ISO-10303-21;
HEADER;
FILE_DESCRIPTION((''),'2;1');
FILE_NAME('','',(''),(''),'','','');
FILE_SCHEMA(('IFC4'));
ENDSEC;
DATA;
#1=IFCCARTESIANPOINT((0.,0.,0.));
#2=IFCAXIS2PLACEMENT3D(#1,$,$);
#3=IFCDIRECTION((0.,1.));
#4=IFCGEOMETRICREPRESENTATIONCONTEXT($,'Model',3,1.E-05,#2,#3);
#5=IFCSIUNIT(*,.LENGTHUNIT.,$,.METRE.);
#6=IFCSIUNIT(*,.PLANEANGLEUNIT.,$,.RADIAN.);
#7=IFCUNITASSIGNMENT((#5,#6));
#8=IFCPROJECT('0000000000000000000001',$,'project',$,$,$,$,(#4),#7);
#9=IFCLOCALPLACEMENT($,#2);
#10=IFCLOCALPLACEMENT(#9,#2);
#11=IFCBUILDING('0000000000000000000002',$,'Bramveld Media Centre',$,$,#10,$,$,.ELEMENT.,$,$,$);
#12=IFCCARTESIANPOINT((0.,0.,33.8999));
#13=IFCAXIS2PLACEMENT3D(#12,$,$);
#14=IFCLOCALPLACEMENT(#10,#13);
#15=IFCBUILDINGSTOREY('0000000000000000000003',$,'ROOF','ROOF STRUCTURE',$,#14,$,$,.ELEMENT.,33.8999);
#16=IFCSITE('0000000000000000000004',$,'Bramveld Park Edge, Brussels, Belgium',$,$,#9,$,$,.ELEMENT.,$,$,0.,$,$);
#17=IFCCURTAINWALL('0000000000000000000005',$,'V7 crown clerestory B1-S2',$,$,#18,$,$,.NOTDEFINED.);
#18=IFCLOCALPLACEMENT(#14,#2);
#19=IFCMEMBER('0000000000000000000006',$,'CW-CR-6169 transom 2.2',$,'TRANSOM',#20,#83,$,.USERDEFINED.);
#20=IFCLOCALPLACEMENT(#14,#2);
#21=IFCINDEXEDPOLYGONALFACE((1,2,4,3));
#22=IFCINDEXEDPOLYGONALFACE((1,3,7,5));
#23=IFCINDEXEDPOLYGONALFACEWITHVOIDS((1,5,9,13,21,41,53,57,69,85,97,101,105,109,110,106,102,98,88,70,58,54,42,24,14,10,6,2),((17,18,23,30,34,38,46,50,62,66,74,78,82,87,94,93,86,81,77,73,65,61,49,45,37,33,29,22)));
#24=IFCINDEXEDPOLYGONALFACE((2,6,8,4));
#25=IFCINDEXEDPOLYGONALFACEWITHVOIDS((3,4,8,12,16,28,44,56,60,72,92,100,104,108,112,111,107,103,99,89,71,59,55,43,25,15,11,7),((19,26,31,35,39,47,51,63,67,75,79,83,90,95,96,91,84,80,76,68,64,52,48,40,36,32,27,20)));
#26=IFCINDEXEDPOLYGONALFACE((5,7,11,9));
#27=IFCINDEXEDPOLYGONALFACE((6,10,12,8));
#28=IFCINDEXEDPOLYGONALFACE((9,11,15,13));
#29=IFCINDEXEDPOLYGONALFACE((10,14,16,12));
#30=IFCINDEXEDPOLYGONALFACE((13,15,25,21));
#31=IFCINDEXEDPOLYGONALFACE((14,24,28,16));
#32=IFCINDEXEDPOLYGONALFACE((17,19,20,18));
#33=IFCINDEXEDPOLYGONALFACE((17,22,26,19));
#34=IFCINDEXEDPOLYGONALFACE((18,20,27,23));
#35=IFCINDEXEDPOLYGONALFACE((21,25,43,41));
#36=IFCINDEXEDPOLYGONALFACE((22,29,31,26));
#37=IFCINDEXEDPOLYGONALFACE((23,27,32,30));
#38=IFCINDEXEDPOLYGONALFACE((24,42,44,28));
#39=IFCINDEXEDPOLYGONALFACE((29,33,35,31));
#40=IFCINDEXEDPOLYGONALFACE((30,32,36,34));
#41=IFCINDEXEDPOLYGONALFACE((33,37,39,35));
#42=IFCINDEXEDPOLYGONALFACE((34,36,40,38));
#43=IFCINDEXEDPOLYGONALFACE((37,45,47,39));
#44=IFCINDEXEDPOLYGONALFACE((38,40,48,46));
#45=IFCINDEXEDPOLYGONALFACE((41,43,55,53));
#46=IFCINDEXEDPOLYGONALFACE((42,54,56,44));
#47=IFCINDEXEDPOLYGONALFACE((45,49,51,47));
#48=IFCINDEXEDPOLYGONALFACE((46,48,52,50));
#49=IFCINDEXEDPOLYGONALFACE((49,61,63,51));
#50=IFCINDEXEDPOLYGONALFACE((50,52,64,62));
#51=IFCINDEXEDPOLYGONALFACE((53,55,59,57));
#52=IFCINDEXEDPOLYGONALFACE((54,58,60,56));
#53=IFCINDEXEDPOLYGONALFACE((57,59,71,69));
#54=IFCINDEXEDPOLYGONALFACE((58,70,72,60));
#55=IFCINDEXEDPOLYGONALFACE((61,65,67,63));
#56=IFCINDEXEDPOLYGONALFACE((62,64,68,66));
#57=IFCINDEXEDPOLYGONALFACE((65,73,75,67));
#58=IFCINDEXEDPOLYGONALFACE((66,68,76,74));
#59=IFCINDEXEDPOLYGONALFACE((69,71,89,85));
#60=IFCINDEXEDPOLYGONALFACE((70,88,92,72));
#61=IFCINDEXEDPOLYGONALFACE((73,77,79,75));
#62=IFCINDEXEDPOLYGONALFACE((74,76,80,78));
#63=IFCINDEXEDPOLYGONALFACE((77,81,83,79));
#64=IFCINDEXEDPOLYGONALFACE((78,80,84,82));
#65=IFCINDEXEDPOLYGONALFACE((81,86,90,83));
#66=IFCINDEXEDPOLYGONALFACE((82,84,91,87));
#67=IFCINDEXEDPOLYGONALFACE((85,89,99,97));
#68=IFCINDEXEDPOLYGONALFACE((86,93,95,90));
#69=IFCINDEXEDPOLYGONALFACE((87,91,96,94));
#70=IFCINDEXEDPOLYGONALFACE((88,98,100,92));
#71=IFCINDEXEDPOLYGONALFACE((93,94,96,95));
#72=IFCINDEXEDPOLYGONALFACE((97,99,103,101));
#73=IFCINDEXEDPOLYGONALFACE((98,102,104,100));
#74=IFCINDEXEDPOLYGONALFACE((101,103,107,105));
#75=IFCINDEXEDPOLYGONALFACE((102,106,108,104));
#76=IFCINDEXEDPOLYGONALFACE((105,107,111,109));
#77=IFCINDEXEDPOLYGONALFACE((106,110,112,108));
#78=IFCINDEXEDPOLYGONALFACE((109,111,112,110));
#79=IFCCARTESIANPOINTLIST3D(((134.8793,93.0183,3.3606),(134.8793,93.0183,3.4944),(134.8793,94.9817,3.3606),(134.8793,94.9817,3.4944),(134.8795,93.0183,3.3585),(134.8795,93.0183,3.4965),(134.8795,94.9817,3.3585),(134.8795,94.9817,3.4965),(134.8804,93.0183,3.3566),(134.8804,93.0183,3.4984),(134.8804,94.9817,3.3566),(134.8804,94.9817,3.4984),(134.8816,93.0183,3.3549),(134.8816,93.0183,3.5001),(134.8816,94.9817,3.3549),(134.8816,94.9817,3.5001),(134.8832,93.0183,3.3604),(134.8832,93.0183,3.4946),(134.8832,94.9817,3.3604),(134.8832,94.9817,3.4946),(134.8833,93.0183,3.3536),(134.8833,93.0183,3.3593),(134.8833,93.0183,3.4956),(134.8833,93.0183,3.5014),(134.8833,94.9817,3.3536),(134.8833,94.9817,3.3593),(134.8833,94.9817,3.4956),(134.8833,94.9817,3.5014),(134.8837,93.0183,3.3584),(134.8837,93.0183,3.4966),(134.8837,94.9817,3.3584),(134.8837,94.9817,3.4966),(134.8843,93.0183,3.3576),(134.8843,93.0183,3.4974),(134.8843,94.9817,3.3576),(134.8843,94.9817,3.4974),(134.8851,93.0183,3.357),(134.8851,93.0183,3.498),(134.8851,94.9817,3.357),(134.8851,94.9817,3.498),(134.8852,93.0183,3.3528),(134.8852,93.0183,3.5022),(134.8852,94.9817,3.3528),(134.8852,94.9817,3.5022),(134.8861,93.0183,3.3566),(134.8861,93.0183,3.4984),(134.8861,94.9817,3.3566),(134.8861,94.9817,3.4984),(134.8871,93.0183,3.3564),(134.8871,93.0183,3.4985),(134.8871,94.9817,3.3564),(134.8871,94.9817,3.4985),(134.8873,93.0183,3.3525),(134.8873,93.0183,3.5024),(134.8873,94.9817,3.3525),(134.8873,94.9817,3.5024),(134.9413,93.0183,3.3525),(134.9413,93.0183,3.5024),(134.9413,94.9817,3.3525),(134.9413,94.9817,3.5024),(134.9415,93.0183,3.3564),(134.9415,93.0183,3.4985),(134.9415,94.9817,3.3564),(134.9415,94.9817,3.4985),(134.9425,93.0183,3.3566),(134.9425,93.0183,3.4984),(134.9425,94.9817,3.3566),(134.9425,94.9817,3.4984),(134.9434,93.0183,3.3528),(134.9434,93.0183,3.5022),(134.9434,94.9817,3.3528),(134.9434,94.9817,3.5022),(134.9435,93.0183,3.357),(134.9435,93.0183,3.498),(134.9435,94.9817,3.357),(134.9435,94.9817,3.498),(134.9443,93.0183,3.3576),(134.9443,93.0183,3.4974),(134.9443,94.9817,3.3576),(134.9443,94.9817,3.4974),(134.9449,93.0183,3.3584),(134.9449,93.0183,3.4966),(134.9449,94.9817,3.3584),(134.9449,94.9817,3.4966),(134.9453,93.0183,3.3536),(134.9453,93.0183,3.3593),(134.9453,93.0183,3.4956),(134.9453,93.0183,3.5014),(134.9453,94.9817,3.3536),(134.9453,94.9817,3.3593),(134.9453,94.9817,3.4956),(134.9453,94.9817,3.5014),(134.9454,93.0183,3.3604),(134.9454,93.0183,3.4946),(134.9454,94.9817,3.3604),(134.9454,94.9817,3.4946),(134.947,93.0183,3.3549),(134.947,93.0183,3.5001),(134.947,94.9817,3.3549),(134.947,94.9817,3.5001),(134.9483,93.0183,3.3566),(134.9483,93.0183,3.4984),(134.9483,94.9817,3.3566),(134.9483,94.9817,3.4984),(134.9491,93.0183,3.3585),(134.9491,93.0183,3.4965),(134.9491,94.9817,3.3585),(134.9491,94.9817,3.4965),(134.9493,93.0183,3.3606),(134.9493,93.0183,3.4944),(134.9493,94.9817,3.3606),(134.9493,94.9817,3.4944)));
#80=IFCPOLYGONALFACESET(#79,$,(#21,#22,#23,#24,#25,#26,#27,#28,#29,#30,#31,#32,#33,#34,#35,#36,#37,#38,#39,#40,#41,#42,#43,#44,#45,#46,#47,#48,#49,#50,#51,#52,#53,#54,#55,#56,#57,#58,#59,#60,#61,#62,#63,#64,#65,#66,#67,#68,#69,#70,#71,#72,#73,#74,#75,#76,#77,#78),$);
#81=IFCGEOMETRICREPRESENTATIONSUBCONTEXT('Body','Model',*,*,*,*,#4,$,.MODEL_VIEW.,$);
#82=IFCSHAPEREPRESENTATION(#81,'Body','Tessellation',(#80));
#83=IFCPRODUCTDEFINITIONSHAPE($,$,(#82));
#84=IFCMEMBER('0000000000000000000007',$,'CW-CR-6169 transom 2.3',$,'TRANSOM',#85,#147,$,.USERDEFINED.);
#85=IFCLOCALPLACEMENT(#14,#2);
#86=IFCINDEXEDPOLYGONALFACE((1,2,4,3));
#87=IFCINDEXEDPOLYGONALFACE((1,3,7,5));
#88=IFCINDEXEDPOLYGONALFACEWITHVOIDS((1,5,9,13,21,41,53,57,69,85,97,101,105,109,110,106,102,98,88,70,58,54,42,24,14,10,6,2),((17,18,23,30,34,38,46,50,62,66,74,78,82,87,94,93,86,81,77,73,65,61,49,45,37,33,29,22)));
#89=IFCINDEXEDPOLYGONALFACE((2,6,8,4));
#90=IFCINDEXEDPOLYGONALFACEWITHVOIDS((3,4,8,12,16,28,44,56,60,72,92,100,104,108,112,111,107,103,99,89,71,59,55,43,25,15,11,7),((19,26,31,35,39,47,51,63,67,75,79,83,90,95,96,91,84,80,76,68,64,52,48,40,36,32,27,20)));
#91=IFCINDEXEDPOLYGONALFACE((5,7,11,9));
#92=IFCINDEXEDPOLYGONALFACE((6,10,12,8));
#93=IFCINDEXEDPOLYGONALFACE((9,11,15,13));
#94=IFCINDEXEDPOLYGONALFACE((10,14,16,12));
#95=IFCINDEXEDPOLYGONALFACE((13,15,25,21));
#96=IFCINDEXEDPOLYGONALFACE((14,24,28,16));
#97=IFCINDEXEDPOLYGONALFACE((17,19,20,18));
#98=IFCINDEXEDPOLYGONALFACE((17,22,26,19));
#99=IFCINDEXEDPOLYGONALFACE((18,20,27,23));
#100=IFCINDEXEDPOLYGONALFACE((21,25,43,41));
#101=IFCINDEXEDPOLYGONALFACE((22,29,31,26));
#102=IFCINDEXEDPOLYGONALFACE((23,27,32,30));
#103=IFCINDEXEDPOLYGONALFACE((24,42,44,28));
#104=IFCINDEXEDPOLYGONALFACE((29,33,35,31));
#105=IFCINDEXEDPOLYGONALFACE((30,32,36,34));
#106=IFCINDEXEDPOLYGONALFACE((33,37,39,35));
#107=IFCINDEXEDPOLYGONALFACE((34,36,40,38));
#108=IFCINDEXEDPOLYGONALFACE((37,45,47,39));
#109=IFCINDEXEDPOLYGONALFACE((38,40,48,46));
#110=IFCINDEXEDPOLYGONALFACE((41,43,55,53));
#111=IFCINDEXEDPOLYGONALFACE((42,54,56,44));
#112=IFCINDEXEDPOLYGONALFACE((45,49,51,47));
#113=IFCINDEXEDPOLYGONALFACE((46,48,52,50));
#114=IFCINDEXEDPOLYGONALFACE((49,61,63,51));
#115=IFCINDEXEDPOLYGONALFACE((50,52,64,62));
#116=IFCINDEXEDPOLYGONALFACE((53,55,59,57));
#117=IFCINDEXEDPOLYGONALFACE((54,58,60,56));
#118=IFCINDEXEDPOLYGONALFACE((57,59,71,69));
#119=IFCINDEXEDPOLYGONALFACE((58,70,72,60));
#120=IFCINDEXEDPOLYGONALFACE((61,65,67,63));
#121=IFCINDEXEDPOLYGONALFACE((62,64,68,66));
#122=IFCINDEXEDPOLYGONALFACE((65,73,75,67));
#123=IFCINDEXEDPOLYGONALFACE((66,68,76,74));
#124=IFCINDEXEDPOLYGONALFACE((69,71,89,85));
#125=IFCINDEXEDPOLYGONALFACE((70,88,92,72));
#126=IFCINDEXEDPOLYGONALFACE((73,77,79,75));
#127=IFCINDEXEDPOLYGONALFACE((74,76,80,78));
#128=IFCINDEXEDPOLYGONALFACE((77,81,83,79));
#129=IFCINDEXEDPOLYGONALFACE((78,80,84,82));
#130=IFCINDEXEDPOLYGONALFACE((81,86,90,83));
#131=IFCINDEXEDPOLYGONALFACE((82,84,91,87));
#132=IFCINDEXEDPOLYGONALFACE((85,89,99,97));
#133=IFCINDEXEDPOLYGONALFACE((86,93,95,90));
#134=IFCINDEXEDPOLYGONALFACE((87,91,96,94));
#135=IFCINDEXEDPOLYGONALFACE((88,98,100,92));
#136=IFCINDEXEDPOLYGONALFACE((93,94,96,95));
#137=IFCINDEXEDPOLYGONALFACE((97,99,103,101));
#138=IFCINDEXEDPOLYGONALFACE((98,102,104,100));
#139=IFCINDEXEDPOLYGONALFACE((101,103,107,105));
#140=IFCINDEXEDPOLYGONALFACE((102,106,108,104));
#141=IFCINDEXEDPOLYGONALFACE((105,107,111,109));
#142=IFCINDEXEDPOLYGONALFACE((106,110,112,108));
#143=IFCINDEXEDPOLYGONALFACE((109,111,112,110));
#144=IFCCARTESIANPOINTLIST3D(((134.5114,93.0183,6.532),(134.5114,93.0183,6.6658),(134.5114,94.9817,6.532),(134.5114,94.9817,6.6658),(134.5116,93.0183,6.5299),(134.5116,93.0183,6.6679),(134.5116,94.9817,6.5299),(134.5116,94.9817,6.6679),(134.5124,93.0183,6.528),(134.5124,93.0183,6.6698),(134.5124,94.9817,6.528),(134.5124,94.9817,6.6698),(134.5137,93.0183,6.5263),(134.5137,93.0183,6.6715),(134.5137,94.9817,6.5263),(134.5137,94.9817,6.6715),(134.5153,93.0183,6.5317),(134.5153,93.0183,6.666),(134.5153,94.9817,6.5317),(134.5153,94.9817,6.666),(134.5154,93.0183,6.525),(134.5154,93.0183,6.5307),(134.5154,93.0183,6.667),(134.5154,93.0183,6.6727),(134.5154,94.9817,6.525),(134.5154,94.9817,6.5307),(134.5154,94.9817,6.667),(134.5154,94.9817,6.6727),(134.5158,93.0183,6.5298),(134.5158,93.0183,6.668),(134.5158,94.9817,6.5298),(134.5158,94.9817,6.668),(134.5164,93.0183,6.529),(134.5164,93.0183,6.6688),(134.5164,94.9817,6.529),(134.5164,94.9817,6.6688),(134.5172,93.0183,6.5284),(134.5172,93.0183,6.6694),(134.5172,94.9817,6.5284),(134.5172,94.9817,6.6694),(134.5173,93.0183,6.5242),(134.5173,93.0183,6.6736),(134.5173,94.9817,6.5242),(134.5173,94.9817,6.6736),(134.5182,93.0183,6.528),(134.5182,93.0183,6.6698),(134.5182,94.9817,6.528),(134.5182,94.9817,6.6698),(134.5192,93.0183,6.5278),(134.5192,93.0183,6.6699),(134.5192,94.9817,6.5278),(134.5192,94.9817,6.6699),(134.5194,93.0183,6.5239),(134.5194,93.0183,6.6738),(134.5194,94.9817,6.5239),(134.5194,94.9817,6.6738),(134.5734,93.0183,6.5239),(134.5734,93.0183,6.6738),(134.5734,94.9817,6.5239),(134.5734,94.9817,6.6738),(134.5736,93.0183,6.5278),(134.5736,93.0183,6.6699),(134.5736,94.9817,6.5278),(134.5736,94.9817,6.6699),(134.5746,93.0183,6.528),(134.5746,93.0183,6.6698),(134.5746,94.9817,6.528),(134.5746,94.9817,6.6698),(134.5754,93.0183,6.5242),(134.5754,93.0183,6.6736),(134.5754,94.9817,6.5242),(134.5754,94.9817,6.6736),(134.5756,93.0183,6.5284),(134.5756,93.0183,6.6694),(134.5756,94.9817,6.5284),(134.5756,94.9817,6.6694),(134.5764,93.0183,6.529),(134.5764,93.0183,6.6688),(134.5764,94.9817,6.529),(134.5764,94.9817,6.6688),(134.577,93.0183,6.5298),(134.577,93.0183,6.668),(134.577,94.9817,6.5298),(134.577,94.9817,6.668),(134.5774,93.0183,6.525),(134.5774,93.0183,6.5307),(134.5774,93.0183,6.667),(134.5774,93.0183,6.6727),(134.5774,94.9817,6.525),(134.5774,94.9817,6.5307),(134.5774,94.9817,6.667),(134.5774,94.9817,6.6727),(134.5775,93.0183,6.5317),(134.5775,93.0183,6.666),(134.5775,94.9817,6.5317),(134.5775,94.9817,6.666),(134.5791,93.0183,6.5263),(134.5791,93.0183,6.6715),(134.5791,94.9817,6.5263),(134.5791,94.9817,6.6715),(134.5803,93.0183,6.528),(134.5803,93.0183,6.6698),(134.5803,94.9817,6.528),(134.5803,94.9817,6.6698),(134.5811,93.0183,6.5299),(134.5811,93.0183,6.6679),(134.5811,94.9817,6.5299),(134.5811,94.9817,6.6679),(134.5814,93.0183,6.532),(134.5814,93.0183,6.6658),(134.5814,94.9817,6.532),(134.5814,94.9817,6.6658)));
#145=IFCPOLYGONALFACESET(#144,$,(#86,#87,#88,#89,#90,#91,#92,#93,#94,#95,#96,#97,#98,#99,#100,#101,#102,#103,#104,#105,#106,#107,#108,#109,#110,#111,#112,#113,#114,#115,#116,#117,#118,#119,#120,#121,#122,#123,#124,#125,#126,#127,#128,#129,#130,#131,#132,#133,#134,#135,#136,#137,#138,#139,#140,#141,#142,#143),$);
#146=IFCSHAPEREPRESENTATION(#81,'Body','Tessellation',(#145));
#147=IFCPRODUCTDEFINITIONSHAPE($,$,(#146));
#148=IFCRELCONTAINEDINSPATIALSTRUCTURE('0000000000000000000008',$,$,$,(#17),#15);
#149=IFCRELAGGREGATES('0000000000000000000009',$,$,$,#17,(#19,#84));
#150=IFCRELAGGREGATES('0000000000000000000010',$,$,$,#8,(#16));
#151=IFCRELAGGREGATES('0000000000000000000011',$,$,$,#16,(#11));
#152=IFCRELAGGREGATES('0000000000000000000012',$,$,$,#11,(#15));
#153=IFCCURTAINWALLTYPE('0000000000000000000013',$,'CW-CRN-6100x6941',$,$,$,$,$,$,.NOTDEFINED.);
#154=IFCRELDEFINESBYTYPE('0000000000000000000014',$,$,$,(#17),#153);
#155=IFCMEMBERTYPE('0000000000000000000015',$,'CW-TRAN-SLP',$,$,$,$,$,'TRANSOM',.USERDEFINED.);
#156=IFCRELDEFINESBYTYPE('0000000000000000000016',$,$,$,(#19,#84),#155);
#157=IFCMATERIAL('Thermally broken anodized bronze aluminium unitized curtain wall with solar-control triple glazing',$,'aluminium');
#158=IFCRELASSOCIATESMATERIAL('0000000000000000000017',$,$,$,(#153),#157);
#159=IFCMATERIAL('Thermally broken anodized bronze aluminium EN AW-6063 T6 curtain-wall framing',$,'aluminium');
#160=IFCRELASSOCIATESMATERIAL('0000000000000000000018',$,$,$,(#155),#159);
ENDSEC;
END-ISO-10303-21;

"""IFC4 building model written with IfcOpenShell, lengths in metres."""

from ifc_helpers import new_model, si_unit, direction, frame, origin, origin_2d, place, context, subcontext, project, spatial, hollow_rectangle, extrude, material, material_profile, profile_set, type_object, element, aggregate, save


model = new_model("IFC4")

# Units and contexts
model_context = context("Model", 3, precision=1e-05, world=origin(), true_north=direction((0.0, 1.0)))
body_context = subcontext(model_context, "Body", "Model", "MODEL_VIEW")
ifc_project = project(units=[si_unit("LENGTHUNIT", "METRE"), si_unit("PLANEANGLEUNIT", "RADIAN")], contexts=[model_context])

# Site, building, storey
site_placement = place(None, origin())
site = spatial("IfcSite", under=ifc_project, at=site_placement, Name="Bramveld Park Edge, Brussels, Belgium", CompositionType="ELEMENT", RefElevation=0.0)
building_placement = place(site_placement, origin())
building = spatial("IfcBuilding", under=site, at=building_placement, Name="Bramveld Media Centre", CompositionType="ELEMENT")
storey_placement = place(building_placement, frame((0.0, 0.0, 33.8999)))
storey = spatial("IfcBuildingStorey", under=building, at=storey_placement, Name="ROOF", Description="ROOF STRUCTURE", CompositionType="ELEMENT", Elevation=33.8999)

# Curtain wall, members
ifc_material_1 = material(Name="Thermally broken anodized bronze aluminium unitized curtain wall with solar-control triple glazing", Category="aluminium")
curtain_wall_type = type_object("IfcCurtainWallType", Name="CW-CRN-6100x6941", PredefinedType="NOTDEFINED", material=ifc_material_1)
curtain_wall_1_placement = place(storey_placement, origin())
curtain_wall_1 = element("IfcCurtainWall", 1, at=curtain_wall_1_placement, inside=storey, type_object=curtain_wall_type, Name="V7 crown clerestory B1-S2", PredefinedType="NOTDEFINED")
ifc_material_2 = material(Name="Thermally broken anodized bronze aluminium EN AW-6063 T6 curtain-wall framing", Category="aluminium")
ifc_material_profile_1 = material_profile(ifc_material_2, hollow_rectangle(XDim=0.0701, YDim=0.1499, WallThickness=0.0039, InnerFilletRadius=0.0039, OuterFilletRadius=0.0081, at=origin_2d()), Name="AL-TRAN 70x150")
ifc_profile_set_1 = profile_set([ifc_material_profile_1], Name="Thermally broken anodized bronze aluminium EN AW-6063 T6 curtain-wall framing")
member_type_1 = type_object("IfcMemberType", Name="CW-TRAN-SLP", ElementType="TRANSOM", PredefinedType="USERDEFINED", material=ifc_profile_set_1)
member_1_placement = place(storey_placement, frame((134.9143, 93.0183, 3.4275), z_axis=(0.0, 1.0, 0.0), x_axis=(-1.0, 0.0, 0.0)))
member_1 = element("IfcMember", 2, at=member_1_placement, type_object=member_type_1, Name="CW-CR-6169 transom 2.2", ObjectType="TRANSOM", PredefinedType="USERDEFINED", context=body_context, shape_type="SweptSolid", body=[
    extrude(hollow_rectangle(XDim=0.0701, YDim=0.1499, WallThickness=0.0039, InnerFilletRadius=0.0039, OuterFilletRadius=0.0081, at=origin_2d()), origin(), (0.0, 0.0, 1.0), 1.9634),
])
member_2_placement = place(storey_placement, frame((134.5464, 93.0183, 6.5989), z_axis=(0.0, 1.0, 0.0), x_axis=(-1.0, 0.0, 0.0)))
member_2 = element("IfcMember", 3, at=member_2_placement, type_object=member_type_1, Name="CW-CR-6169 transom 2.3", ObjectType="TRANSOM", PredefinedType="USERDEFINED", context=body_context, shape_type="SweptSolid", body=[
    extrude(hollow_rectangle(XDim=0.0701, YDim=0.1499, WallThickness=0.0039, InnerFilletRadius=0.0039, OuterFilletRadius=0.0081, at=origin_2d()), origin(), (0.0, 0.0, 1.0), 1.9634),
])

aggregate(curtain_wall_1, [member_1, member_2])

save(model, "model.ifc")
